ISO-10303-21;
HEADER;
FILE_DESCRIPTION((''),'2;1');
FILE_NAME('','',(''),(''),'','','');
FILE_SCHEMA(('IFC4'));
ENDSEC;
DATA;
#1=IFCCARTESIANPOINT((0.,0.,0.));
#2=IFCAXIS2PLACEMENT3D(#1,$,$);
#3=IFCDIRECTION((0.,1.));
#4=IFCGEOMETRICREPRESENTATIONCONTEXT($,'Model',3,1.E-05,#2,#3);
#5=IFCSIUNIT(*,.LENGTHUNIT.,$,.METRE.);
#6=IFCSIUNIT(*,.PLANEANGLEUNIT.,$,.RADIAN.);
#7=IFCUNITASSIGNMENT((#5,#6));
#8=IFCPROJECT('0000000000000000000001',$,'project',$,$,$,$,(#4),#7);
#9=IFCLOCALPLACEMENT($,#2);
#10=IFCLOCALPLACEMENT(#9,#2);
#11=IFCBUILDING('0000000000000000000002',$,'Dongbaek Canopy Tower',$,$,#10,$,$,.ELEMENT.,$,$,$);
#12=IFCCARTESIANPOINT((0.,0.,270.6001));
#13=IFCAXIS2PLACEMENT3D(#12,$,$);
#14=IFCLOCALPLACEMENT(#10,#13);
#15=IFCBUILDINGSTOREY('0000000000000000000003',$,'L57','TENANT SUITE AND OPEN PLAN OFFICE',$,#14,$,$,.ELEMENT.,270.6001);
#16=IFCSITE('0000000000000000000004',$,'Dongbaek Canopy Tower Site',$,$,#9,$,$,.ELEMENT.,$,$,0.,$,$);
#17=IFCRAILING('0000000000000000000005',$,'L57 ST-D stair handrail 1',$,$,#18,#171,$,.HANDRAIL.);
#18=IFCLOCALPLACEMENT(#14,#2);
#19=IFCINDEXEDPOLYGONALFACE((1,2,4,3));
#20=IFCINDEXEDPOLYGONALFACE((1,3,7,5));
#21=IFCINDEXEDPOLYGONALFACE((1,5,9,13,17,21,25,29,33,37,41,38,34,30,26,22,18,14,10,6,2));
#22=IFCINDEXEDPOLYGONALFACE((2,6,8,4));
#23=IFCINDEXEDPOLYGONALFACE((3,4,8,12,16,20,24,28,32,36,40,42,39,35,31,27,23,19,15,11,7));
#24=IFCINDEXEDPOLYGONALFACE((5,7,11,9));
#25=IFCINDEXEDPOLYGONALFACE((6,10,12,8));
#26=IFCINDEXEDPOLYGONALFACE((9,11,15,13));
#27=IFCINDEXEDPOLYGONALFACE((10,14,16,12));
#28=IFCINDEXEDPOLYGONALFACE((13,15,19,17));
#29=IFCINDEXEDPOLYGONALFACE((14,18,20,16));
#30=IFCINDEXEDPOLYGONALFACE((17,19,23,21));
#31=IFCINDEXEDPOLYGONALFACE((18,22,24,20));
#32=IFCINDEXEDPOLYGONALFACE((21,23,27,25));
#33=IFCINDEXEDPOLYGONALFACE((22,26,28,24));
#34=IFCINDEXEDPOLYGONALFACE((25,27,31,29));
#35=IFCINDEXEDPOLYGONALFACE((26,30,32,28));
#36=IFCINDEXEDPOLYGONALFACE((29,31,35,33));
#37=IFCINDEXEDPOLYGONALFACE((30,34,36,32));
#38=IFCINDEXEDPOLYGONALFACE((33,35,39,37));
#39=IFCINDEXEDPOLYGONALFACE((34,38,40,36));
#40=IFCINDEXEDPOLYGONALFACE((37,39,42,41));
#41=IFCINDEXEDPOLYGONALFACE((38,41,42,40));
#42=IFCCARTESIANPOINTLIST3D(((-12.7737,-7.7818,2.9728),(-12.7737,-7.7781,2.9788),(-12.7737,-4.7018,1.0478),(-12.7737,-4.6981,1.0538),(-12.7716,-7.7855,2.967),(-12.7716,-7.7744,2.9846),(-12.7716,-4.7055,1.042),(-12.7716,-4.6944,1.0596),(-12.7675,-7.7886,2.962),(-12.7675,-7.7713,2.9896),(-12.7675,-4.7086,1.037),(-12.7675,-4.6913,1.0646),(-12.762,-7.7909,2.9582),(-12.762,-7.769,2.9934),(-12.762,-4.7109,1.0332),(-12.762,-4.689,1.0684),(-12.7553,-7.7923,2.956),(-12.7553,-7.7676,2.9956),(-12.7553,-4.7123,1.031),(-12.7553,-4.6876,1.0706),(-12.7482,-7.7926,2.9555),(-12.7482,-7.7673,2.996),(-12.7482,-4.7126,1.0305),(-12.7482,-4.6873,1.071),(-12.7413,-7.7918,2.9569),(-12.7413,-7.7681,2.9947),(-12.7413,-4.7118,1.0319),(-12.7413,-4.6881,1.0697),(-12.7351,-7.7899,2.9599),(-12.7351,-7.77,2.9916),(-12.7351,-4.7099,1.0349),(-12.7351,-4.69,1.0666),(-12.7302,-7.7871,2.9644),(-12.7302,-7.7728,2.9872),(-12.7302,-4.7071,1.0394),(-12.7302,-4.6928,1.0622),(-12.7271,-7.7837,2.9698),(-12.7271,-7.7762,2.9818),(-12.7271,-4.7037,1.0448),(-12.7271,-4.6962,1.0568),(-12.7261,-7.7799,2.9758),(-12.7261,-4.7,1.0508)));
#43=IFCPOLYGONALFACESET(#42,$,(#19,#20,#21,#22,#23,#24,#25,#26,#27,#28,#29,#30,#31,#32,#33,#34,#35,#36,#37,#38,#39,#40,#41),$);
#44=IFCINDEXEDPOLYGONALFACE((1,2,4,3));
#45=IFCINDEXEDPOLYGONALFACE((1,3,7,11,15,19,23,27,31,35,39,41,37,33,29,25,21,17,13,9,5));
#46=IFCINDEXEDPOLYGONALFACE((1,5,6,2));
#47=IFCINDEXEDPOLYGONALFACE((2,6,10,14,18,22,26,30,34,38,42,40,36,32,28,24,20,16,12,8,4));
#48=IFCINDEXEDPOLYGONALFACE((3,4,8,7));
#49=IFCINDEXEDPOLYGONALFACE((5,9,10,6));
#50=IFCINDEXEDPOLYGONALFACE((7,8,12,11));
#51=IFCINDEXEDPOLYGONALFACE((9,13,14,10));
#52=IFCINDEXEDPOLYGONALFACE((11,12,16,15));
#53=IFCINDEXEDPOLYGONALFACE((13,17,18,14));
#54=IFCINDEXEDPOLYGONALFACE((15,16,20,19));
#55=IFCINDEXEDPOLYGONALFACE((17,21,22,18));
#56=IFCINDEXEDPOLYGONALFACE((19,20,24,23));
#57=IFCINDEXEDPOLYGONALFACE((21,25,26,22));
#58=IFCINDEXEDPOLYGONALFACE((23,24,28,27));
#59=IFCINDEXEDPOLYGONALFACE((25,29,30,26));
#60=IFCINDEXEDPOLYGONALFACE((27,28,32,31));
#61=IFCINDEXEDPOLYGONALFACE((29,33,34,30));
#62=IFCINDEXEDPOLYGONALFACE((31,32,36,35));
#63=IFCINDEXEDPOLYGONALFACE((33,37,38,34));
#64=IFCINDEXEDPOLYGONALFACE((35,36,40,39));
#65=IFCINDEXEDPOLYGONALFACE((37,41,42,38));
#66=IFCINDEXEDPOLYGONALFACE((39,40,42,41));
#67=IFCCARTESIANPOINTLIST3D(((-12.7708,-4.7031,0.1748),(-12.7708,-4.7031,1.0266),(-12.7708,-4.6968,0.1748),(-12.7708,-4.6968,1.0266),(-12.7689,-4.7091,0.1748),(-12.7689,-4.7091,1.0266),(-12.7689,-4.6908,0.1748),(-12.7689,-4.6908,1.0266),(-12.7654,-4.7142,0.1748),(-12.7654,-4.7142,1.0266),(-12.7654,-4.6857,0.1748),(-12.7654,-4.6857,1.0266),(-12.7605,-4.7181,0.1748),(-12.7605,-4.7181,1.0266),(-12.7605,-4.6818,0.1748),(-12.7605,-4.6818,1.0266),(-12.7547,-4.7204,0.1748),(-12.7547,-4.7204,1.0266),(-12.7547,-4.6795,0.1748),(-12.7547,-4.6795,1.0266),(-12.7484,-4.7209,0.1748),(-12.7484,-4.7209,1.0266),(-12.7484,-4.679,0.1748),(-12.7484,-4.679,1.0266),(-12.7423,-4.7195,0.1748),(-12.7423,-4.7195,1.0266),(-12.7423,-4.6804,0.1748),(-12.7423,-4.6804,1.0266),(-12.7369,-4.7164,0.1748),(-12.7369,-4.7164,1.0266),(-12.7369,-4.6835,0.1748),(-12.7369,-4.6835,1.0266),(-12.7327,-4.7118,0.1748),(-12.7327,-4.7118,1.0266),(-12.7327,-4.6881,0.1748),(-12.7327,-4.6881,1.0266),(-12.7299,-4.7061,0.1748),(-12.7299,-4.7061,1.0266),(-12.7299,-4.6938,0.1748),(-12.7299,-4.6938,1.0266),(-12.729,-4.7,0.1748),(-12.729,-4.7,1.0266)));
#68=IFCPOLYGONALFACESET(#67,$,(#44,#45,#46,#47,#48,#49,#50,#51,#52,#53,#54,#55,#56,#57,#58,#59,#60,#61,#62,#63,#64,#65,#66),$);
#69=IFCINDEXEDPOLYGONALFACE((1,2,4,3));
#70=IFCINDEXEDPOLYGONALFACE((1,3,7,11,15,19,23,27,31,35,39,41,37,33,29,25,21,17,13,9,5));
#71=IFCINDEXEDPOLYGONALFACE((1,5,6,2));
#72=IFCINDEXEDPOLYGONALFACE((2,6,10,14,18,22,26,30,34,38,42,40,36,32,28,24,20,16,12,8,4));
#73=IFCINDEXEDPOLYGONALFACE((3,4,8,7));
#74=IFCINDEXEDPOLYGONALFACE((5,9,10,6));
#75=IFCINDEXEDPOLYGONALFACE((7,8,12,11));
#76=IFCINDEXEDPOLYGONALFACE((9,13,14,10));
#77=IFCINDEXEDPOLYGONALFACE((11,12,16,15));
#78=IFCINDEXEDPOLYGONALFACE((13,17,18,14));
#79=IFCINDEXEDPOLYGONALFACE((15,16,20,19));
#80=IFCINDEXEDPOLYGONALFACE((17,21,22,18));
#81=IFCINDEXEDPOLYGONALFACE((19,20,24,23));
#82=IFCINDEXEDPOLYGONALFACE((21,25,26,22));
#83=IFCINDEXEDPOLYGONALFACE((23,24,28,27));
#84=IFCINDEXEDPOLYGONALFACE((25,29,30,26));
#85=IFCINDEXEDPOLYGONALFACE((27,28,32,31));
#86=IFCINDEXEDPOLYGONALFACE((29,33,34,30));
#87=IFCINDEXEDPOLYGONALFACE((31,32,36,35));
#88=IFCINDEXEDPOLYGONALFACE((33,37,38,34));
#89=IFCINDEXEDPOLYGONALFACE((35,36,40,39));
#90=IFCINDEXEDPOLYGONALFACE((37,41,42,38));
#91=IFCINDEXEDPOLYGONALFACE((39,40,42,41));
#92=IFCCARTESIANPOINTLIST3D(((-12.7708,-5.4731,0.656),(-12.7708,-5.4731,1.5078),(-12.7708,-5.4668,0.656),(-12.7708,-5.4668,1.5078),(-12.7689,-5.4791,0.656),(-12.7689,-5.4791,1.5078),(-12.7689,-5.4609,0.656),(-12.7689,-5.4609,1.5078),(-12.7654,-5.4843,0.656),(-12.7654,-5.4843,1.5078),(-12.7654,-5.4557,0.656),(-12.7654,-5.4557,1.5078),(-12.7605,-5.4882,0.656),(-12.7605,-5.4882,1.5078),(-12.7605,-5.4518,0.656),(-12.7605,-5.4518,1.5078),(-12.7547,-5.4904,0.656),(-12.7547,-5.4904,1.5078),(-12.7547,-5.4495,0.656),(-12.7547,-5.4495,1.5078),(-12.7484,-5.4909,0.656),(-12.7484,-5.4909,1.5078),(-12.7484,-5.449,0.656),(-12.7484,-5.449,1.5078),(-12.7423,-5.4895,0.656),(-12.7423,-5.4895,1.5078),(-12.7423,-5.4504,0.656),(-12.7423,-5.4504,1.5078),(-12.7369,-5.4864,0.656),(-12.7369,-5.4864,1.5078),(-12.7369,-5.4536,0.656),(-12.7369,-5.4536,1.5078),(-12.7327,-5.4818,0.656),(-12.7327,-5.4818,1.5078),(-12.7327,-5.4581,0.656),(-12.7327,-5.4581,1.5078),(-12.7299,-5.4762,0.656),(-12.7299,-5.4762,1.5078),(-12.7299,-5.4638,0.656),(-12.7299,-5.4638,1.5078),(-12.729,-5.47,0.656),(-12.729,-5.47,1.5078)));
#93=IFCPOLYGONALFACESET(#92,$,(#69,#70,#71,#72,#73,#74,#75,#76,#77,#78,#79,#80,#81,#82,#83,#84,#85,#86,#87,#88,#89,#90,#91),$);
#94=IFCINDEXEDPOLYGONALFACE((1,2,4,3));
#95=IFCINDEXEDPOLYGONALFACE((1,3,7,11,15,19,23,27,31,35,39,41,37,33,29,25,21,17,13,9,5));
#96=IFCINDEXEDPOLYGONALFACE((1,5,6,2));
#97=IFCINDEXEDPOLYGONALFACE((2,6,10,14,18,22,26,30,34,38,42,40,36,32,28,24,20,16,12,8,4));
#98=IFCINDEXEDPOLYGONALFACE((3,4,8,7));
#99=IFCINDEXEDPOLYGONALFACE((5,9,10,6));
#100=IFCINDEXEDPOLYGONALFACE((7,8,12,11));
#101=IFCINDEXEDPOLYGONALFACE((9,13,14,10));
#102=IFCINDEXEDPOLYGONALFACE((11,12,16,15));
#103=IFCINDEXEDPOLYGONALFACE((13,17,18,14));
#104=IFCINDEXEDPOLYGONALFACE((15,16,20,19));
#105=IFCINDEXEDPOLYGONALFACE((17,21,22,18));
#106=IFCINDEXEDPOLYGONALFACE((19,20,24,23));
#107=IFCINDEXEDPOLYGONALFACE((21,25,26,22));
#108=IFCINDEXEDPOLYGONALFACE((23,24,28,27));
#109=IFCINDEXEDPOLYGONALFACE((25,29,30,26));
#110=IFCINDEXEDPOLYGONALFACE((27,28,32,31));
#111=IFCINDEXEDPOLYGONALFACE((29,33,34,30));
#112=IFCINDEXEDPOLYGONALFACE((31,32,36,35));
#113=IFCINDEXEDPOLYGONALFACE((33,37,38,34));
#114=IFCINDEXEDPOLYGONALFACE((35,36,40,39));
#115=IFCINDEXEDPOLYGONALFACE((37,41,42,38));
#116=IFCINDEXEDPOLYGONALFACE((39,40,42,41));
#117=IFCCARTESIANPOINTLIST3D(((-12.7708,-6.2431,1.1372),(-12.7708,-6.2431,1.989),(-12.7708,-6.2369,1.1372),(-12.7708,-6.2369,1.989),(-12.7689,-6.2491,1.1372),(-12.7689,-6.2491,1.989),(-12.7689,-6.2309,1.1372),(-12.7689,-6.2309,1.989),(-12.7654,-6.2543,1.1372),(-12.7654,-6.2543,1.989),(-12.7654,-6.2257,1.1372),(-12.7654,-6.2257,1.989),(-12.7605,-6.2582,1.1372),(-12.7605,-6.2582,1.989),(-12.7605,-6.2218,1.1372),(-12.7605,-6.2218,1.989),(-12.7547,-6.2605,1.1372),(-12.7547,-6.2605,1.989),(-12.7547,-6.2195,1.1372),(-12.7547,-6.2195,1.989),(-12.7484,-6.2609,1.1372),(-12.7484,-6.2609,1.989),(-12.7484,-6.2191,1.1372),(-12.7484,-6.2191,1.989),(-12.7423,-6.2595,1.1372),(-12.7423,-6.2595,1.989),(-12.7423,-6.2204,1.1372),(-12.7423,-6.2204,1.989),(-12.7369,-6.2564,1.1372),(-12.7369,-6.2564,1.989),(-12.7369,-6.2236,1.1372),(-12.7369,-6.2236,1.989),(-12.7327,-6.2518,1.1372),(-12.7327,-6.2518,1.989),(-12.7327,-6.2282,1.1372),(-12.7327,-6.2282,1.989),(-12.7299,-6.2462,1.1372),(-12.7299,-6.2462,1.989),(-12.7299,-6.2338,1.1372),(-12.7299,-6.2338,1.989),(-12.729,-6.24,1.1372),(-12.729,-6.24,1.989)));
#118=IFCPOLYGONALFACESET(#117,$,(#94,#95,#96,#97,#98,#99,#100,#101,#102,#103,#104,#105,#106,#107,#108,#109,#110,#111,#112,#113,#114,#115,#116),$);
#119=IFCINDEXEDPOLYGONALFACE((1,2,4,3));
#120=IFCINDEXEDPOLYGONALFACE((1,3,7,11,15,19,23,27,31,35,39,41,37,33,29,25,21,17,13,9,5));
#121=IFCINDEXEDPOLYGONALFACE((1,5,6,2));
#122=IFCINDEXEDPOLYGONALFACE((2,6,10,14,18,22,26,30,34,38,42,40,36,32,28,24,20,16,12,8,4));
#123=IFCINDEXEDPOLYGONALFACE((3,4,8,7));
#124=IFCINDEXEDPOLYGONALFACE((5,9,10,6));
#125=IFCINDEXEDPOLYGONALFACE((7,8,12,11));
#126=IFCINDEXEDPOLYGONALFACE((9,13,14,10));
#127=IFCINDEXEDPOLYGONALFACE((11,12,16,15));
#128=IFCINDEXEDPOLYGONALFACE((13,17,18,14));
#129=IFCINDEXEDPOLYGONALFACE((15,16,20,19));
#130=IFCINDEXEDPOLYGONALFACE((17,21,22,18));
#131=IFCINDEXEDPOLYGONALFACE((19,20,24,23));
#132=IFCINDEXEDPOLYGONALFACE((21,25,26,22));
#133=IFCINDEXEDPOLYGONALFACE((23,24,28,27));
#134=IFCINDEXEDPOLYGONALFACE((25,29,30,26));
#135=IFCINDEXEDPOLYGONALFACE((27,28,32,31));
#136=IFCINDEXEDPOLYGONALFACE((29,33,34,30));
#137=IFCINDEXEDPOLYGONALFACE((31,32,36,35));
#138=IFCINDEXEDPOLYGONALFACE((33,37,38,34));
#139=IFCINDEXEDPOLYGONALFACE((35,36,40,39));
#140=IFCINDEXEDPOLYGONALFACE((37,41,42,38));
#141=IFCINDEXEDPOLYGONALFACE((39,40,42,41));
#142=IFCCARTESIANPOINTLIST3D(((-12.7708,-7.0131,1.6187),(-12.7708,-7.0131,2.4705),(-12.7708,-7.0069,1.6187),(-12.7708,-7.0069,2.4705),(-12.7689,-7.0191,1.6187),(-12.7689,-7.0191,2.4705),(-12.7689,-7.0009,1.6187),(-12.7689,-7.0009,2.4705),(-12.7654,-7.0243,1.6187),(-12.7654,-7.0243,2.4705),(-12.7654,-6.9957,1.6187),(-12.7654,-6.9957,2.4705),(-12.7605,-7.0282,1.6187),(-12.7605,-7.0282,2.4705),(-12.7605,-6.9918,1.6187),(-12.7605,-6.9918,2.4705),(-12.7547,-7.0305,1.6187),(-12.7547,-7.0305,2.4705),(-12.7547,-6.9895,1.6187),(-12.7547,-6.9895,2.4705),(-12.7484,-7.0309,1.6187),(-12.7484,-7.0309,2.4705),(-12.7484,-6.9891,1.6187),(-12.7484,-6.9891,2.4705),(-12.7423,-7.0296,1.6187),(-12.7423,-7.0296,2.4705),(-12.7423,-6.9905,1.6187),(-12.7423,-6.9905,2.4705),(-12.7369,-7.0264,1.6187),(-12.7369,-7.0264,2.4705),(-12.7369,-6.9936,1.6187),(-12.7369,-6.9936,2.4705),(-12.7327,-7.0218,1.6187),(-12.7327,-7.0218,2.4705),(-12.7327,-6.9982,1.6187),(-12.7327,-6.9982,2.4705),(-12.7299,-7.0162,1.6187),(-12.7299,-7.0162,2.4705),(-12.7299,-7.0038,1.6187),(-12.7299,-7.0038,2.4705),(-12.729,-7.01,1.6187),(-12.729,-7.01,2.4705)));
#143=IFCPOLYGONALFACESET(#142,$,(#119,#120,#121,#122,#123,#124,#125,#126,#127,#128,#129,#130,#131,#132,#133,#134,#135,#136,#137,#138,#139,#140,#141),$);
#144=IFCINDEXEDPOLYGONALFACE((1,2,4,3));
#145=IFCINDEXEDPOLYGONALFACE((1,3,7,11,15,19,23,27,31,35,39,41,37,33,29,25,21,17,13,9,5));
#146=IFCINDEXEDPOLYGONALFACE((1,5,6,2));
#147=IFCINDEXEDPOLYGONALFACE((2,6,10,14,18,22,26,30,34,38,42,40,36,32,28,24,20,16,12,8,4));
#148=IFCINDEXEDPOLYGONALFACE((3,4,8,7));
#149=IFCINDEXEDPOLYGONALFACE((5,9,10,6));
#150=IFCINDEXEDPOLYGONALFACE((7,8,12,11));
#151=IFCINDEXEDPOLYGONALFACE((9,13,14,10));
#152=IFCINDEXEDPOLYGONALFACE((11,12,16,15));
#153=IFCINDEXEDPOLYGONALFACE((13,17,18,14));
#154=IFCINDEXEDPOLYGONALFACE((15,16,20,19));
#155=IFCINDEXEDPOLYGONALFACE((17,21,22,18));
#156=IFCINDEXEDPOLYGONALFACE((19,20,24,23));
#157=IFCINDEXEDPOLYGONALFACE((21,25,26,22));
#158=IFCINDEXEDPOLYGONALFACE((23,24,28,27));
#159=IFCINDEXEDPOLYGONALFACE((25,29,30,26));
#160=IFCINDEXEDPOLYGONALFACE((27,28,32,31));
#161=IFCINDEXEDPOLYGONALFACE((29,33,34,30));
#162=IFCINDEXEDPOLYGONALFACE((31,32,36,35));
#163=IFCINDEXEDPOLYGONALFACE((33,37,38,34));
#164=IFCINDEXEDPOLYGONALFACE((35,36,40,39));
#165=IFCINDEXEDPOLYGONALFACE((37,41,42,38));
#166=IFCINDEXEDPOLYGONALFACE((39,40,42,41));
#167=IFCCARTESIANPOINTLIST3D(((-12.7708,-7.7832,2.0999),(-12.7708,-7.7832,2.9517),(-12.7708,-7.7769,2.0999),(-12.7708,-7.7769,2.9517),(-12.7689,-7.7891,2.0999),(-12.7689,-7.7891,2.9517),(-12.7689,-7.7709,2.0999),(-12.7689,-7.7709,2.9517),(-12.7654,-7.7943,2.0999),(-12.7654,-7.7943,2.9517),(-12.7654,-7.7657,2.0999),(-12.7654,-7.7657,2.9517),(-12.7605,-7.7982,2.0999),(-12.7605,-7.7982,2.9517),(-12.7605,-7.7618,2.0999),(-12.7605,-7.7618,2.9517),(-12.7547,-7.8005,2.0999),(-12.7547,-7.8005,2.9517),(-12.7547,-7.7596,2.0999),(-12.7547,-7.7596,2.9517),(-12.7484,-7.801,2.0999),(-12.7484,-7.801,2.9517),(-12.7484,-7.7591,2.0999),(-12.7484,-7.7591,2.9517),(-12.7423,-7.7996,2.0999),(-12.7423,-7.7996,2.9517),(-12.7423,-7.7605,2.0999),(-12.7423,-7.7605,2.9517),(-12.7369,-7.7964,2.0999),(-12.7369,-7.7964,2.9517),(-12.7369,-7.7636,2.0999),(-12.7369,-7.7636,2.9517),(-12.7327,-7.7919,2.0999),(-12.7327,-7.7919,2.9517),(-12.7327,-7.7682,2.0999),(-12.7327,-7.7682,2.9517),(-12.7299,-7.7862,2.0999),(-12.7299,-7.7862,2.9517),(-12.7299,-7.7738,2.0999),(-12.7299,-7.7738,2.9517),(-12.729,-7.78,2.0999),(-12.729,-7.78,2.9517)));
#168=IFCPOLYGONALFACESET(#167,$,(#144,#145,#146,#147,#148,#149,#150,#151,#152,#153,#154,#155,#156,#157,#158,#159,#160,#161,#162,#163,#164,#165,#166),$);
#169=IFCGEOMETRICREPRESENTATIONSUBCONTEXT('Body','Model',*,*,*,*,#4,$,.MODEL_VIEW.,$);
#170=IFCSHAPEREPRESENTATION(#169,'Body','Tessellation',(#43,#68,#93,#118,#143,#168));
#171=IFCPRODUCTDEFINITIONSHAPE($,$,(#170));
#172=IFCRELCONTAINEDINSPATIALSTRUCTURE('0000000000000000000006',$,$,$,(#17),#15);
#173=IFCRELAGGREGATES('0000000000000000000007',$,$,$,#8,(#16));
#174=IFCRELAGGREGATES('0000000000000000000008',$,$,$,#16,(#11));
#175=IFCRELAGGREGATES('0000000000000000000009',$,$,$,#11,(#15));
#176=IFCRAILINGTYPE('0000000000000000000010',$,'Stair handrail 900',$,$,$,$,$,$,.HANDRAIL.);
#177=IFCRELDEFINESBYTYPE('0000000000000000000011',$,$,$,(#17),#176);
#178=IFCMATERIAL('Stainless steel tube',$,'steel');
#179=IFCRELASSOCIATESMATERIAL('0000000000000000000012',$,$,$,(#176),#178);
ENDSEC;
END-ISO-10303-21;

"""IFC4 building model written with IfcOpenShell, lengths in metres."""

from ifc_helpers import new_model, si_unit, direction, frame, origin, origin_2d, place, context, subcontext, project, spatial, circle, extrude, material, type_object, element, save


model = new_model("IFC4")

# Units and contexts
model_context = context("Model", 3, precision=1e-05, world=origin(), true_north=direction((0.0, 1.0)))
body_context = subcontext(model_context, "Body", "Model", "MODEL_VIEW")
ifc_project = project(units=[si_unit("LENGTHUNIT", "METRE"), si_unit("PLANEANGLEUNIT", "RADIAN")], contexts=[model_context])

# Site, building, storey
site_placement = place(None, origin())
site = spatial("IfcSite", under=ifc_project, at=site_placement, Name="Dongbaek Canopy Tower Site", CompositionType="ELEMENT", RefElevation=0.0)
building_placement = place(site_placement, origin())
building = spatial("IfcBuilding", under=site, at=building_placement, Name="Dongbaek Canopy Tower", CompositionType="ELEMENT")
storey_placement = place(building_placement, frame((0.0, 0.0, 270.6001)))
storey = spatial("IfcBuildingStorey", under=building, at=storey_placement, Name="L57", Description="TENANT SUITE AND OPEN PLAN OFFICE", CompositionType="ELEMENT", Elevation=270.6001)

# Railing
ifc_material_1 = material(Name="Stainless steel tube", Category="steel")
railing_type_1 = type_object("IfcRailingType", Name="Stair handrail 900", PredefinedType="HANDRAIL", material=ifc_material_1)
railing_1_placement = place(storey_placement, frame((-12.75, -4.7, 0.1748)))
element("IfcRailing", 1, at=railing_1_placement, inside=storey, type_object=railing_type_1, Name="L57 ST-D stair handrail 1", PredefinedType="HANDRAIL", context=body_context, shape_type="SweptSolid", body=[
    extrude(circle(Radius=0.0239, at=origin_2d()), frame((0.0, 0.0, 0.876), z_axis=(0.0, -0.847998, 0.529999), x_axis=(1.0, 0.0, 0.0)), (0.0, 0.0, 1.0), 3.6321),
    extrude(circle(Radius=0.021, at=origin_2d()), origin(), (0.0, 0.0, 1.0), 0.8518),
    extrude(circle(Radius=0.021, at=origin_2d()), frame((0.0, -0.77, 0.4812)), (0.0, 0.0, 1.0), 0.8518),
    extrude(circle(Radius=0.021, at=origin_2d()), frame((0.0, -1.54, 0.9624)), (0.0, 0.0, 1.0), 0.8518),
    extrude(circle(Radius=0.021, at=origin_2d()), frame((0.0, -2.3101, 1.4438)), (0.0, 0.0, 1.0), 0.8518),
    extrude(circle(Radius=0.021, at=origin_2d()), frame((0.0, -3.0801, 1.925)), (0.0, 0.0, 1.0), 0.8518),
])

save(model, "model.ifc")
